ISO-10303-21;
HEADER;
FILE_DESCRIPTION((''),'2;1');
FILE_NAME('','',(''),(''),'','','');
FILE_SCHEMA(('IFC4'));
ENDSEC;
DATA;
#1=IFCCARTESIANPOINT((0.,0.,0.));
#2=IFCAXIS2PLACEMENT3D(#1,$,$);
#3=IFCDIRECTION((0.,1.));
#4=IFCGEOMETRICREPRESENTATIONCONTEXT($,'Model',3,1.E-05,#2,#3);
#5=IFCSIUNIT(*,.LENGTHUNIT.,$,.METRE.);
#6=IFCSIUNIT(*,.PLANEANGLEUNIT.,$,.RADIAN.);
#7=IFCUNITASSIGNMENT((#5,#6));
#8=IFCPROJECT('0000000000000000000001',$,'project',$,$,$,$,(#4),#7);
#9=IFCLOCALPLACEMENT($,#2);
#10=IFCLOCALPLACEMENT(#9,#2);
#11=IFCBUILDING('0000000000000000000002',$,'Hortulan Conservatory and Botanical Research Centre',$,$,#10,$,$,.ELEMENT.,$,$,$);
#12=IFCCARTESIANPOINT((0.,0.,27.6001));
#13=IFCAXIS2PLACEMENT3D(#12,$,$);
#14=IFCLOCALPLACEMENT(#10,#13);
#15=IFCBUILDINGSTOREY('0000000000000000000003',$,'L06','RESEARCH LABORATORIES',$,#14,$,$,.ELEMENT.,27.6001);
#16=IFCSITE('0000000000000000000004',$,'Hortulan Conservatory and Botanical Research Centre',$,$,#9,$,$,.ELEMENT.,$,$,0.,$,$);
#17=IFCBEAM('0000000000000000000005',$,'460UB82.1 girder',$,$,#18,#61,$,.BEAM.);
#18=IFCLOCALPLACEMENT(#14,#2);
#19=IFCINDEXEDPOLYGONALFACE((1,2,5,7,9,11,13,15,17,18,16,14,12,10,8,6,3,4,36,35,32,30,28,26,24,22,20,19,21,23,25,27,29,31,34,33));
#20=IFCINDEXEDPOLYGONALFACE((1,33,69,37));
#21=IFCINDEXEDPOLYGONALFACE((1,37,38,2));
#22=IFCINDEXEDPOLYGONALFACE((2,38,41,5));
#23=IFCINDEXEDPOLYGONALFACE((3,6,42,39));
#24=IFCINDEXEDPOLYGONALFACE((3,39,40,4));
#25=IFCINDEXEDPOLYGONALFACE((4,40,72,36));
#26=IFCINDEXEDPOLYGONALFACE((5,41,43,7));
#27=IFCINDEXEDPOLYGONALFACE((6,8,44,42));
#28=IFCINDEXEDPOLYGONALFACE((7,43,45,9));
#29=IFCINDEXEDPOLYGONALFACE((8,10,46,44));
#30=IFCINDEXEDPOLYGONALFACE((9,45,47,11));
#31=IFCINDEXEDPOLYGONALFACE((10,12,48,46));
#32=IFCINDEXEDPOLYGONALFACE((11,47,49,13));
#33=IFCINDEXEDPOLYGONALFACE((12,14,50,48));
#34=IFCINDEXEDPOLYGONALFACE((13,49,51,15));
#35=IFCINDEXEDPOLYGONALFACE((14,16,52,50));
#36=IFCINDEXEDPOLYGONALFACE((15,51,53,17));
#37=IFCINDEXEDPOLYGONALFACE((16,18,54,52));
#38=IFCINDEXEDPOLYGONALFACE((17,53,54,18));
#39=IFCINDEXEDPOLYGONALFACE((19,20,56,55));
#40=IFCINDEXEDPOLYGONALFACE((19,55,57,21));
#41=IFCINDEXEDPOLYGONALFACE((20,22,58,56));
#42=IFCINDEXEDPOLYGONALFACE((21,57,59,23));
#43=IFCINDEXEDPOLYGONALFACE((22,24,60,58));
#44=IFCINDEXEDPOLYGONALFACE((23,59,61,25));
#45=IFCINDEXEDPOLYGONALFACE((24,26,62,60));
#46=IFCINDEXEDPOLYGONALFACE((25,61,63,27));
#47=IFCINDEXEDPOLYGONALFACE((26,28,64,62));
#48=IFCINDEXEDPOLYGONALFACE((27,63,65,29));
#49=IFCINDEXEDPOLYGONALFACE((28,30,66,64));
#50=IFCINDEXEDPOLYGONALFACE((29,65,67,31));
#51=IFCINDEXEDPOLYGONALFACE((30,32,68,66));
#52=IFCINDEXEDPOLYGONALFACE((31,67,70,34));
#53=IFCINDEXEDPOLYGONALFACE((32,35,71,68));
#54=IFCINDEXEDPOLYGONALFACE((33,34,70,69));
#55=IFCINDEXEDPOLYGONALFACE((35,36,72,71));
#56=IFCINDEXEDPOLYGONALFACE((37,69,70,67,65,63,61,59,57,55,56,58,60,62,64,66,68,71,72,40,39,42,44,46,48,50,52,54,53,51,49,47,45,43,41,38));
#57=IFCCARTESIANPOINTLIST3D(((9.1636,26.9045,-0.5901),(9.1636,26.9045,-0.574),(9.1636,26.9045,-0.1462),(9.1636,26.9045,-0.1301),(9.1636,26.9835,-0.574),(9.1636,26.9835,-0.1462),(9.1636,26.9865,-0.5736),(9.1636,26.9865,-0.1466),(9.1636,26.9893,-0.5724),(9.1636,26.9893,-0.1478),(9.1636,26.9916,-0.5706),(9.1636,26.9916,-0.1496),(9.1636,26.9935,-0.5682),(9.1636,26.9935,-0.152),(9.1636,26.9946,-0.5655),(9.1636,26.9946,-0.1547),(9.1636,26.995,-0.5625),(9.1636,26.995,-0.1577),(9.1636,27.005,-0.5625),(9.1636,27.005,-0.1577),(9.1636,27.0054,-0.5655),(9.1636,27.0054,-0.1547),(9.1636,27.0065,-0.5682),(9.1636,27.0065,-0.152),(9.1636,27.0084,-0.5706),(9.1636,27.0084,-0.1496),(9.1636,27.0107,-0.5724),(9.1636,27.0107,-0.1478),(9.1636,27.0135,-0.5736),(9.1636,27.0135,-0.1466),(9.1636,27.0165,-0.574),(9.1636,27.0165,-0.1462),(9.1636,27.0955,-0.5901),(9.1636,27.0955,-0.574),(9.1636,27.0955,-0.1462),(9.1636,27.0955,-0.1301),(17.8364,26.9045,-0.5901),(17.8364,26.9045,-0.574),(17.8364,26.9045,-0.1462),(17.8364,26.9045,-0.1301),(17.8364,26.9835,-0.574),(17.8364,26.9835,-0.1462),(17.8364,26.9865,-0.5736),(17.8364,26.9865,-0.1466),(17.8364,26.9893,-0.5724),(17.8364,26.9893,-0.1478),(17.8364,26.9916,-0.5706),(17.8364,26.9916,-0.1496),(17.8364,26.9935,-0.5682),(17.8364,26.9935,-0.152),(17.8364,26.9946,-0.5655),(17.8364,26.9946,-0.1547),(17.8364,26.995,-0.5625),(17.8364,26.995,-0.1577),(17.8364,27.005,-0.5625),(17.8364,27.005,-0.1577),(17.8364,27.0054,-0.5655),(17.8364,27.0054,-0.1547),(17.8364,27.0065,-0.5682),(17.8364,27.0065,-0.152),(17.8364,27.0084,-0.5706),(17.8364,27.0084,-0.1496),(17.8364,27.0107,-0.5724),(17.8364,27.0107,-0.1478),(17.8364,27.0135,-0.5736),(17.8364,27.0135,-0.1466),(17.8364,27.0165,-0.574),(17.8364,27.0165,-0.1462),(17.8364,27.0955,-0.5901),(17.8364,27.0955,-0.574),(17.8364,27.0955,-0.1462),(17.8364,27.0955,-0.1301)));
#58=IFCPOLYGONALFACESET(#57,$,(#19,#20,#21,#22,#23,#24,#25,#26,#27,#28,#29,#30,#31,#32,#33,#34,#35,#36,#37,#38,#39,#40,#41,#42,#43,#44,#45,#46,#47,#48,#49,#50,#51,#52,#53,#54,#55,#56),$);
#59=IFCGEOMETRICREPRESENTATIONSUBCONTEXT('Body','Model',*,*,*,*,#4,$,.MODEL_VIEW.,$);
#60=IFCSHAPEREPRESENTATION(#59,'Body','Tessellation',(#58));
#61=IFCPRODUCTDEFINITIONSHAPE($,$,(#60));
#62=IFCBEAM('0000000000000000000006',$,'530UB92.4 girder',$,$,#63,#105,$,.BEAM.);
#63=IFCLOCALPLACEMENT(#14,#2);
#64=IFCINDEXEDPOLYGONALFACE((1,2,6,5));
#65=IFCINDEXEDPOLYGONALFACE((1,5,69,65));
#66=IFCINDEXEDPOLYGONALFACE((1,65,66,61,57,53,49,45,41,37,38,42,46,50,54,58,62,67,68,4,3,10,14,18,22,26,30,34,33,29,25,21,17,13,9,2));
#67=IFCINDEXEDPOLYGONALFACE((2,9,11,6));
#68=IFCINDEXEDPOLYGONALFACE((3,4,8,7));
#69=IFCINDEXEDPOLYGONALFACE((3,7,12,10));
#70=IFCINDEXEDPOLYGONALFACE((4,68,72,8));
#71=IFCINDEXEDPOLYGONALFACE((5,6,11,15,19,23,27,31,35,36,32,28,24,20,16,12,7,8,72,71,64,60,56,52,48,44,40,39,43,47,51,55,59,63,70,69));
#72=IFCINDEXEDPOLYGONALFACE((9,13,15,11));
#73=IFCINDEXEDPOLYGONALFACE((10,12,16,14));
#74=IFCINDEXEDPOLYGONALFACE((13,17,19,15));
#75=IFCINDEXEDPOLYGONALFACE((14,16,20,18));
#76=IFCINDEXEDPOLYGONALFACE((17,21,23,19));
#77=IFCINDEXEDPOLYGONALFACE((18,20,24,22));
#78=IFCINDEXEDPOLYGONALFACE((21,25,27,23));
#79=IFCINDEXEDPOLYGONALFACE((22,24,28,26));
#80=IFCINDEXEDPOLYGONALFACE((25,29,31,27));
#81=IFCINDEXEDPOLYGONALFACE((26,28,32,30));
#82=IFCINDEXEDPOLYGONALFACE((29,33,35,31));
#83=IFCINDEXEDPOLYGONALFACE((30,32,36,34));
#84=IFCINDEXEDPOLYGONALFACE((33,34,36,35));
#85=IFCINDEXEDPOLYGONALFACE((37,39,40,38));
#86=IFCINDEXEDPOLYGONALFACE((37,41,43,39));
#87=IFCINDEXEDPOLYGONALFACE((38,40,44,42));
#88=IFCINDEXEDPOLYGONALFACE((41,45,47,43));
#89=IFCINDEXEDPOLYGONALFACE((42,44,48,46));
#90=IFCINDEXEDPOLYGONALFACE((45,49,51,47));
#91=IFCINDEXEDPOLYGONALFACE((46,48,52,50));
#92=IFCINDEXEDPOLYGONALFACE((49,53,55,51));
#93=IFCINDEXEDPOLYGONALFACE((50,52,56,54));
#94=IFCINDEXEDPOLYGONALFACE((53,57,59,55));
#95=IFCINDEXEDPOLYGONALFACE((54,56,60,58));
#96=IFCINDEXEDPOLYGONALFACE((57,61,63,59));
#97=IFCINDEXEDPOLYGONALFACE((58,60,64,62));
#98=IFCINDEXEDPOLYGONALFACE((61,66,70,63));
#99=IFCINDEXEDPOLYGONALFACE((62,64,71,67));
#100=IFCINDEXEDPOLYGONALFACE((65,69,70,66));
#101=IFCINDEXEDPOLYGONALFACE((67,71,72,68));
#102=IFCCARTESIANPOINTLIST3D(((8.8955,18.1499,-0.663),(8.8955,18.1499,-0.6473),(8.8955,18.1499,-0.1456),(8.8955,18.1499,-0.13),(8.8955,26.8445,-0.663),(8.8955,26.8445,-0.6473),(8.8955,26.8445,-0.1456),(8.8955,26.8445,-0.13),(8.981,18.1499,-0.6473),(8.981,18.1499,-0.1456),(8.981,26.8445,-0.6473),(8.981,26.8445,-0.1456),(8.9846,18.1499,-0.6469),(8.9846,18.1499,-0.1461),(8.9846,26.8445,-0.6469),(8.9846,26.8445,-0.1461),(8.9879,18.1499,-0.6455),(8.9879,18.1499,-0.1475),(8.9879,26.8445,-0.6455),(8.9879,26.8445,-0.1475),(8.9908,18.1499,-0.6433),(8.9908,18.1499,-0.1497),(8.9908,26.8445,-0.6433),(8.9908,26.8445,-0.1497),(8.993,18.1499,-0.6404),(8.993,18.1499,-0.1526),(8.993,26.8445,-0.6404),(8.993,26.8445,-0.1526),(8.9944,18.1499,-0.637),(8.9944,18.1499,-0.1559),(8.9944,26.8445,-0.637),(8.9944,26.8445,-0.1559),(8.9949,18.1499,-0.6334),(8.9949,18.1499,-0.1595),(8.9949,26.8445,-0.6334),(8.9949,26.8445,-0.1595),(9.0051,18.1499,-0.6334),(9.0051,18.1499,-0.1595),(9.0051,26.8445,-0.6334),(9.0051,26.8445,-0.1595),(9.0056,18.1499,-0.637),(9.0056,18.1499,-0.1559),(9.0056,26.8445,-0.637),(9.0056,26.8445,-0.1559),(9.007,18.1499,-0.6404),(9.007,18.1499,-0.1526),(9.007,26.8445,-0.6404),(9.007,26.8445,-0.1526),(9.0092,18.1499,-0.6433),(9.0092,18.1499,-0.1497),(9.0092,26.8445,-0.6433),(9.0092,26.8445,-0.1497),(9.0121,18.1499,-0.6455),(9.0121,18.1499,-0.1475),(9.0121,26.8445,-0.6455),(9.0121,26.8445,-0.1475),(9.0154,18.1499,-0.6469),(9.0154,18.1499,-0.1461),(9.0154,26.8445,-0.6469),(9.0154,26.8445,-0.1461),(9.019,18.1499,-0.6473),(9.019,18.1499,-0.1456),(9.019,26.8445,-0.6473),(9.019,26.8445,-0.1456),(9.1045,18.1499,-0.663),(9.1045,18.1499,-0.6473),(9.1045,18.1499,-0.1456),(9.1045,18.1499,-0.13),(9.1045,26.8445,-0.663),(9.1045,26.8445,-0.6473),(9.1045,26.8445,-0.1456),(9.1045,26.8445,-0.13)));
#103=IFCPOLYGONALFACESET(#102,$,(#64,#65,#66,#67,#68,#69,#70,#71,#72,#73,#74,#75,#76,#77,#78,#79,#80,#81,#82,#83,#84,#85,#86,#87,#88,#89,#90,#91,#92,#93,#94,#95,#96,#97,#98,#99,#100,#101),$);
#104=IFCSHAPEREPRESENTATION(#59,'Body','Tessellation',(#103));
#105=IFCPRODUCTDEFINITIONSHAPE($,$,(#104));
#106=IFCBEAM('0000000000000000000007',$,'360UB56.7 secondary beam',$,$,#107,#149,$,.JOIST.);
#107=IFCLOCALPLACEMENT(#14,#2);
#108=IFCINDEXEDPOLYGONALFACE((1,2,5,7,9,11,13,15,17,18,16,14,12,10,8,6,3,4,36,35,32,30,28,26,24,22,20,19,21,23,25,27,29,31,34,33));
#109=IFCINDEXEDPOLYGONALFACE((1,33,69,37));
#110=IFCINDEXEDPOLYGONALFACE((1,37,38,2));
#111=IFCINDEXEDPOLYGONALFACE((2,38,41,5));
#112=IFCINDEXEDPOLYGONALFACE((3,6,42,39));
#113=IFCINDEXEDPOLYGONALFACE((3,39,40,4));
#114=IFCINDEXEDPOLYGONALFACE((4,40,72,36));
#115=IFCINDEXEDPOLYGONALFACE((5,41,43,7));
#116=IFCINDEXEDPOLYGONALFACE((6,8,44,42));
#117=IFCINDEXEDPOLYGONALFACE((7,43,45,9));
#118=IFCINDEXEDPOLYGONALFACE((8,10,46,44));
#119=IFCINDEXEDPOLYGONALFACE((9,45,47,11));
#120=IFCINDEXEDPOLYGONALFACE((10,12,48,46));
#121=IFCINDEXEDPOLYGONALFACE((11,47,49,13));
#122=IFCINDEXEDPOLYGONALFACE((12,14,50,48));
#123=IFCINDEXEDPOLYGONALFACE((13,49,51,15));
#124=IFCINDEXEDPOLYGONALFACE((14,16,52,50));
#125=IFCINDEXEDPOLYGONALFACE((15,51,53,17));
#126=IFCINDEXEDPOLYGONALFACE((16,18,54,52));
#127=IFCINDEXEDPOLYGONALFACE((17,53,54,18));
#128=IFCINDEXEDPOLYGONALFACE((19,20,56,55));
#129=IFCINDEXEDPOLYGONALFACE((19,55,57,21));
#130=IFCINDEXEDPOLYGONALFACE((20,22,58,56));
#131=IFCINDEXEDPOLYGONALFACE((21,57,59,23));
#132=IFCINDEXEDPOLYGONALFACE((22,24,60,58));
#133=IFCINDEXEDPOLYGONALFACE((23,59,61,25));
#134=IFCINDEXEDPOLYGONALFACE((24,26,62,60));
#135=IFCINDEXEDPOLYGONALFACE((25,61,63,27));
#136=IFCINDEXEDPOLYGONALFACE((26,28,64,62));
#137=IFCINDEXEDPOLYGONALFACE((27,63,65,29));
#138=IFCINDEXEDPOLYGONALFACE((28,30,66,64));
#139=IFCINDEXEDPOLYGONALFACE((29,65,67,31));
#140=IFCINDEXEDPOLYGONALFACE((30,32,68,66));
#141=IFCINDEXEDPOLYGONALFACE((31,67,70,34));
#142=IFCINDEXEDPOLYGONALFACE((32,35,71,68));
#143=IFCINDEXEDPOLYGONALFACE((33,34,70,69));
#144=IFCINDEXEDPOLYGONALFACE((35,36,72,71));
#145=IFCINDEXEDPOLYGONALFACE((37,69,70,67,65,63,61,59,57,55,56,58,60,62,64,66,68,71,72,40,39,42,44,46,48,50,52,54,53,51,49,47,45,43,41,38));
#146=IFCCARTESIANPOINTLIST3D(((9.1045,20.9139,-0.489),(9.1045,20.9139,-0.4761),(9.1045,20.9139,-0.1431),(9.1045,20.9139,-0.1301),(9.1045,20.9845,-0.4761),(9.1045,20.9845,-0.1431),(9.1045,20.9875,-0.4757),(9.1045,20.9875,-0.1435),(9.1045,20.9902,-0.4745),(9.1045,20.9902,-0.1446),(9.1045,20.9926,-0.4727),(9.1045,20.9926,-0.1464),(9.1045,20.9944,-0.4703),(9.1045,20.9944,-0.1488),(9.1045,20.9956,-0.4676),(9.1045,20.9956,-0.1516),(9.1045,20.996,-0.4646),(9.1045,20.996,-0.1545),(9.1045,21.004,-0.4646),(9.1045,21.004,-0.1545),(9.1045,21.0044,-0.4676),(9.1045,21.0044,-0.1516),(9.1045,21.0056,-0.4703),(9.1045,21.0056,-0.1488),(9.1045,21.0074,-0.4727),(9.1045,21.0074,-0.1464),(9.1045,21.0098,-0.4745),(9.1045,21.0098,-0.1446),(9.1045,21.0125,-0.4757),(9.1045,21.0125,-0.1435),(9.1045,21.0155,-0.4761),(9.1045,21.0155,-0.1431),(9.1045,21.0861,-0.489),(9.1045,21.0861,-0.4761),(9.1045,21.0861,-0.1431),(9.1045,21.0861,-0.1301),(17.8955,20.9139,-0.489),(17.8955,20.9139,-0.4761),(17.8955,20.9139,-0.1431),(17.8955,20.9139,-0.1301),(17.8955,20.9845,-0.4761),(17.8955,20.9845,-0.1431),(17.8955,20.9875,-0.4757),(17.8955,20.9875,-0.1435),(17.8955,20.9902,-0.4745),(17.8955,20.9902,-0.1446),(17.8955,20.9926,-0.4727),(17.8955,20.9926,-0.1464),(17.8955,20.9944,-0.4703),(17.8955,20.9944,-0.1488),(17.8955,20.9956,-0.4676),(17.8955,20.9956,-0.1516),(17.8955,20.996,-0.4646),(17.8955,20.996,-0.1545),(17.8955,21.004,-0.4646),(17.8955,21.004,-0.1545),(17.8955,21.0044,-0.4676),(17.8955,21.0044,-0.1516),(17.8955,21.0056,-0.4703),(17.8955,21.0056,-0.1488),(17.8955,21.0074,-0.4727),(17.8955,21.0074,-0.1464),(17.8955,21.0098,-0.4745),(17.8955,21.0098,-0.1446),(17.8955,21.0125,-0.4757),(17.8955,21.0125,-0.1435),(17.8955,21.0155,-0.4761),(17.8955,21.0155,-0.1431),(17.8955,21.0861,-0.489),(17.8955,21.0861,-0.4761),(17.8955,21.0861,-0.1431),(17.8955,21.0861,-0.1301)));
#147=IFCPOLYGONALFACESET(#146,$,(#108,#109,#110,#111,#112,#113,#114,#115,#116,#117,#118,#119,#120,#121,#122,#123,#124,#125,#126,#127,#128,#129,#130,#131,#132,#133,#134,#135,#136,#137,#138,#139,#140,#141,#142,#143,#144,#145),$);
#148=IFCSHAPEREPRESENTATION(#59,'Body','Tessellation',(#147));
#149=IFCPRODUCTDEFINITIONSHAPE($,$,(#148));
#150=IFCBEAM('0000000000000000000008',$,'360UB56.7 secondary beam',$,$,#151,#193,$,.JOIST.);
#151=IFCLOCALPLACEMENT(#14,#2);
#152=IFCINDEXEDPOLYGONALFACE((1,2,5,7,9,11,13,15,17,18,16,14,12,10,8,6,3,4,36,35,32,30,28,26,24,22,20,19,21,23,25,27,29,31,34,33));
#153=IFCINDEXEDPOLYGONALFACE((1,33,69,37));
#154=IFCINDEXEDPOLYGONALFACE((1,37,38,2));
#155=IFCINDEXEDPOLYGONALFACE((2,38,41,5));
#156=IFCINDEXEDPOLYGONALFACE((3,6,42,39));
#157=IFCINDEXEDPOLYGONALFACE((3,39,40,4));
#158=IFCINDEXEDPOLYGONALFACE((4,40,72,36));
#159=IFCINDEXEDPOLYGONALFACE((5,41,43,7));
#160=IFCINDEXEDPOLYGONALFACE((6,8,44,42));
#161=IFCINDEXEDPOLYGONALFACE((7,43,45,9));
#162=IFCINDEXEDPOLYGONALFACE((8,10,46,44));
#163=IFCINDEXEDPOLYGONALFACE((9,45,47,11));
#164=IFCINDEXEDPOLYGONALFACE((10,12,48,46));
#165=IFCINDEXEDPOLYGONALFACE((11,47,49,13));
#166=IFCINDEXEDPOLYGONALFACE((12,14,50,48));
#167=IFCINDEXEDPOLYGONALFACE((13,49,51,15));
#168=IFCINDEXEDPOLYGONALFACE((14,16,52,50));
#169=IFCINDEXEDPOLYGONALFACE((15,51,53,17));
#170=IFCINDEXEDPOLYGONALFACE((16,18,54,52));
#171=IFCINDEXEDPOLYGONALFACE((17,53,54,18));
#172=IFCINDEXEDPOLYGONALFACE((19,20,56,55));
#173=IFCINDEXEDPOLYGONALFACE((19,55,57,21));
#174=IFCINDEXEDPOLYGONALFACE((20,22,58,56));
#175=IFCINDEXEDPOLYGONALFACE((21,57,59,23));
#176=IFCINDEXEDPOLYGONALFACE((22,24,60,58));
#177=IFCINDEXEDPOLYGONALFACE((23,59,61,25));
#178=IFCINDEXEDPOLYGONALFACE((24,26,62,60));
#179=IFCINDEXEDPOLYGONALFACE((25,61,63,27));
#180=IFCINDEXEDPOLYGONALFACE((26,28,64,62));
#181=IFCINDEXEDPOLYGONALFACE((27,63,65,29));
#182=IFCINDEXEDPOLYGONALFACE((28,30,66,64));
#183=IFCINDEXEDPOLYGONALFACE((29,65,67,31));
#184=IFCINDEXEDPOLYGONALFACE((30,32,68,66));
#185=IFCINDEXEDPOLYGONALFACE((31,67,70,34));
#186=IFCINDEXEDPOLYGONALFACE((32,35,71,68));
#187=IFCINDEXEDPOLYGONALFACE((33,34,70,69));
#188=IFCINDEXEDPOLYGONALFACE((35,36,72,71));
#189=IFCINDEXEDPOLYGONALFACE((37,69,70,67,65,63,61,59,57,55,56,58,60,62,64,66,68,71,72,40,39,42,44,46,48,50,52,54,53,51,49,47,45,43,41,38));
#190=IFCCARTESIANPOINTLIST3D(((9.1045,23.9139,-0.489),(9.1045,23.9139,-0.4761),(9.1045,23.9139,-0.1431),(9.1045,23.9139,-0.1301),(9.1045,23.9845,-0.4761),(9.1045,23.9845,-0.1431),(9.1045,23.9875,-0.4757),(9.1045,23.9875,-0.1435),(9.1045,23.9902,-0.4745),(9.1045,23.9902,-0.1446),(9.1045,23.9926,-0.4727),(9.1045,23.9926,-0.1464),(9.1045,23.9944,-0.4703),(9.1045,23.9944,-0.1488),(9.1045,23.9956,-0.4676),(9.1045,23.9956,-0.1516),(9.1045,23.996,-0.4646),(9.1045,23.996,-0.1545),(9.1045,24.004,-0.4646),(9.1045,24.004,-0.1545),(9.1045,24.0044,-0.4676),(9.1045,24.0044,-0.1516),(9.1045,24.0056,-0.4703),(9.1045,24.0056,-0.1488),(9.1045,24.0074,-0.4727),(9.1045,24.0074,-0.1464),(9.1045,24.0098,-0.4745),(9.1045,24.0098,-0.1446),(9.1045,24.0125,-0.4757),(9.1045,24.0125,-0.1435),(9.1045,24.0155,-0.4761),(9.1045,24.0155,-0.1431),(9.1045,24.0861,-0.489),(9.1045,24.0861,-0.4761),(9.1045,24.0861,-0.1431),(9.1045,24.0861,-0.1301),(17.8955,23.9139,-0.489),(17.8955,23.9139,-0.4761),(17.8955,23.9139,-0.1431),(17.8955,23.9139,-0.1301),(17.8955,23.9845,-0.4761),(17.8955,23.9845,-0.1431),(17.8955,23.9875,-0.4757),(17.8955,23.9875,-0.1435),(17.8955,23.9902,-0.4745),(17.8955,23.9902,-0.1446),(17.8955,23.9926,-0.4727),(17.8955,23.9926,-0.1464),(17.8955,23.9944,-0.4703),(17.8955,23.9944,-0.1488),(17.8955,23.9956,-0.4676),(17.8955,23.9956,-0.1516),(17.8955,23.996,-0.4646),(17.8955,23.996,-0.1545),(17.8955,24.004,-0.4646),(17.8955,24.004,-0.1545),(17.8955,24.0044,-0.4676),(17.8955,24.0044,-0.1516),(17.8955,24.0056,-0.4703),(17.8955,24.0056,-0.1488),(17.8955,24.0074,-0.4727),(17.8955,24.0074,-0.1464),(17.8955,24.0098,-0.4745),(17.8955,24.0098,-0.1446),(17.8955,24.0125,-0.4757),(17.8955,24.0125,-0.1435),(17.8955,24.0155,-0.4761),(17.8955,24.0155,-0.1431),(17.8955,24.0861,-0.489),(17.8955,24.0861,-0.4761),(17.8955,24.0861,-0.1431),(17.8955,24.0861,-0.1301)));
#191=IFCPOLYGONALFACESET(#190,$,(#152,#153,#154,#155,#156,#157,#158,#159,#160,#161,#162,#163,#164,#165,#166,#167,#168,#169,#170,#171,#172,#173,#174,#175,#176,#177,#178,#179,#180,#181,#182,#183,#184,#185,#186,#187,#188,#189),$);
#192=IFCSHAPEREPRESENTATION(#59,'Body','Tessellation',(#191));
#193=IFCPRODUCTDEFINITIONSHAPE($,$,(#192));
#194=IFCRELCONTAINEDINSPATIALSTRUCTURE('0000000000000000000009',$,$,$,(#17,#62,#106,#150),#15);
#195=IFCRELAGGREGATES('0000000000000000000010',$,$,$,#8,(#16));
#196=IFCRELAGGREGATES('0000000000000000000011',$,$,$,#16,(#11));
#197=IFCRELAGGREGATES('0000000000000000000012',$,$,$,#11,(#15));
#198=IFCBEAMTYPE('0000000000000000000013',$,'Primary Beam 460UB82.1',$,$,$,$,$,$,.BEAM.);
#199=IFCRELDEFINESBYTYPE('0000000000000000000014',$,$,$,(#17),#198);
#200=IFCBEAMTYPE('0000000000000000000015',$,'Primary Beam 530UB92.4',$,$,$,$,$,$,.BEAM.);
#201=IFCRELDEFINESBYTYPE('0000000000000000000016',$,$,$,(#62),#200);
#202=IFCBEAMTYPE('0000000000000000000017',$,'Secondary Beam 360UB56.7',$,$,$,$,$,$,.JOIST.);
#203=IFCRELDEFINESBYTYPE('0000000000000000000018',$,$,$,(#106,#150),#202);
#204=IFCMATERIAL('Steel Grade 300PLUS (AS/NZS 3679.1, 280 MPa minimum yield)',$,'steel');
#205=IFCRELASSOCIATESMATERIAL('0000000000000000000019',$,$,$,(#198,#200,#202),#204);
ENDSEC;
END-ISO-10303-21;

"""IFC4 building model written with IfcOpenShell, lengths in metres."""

from ifc_helpers import new_model, si_unit, direction, frame, origin, origin_2d, place, context, subcontext, project, spatial, i_section, extrude, material, material_profile, profile_set, type_object, element, save


model = new_model("IFC4")

# Units and contexts
model_context = context("Model", 3, precision=1e-05, world=origin(), true_north=direction((0.0, 1.0)))
body_context = subcontext(model_context, "Body", "Model", "MODEL_VIEW")
ifc_project = project(units=[si_unit("LENGTHUNIT", "METRE"), si_unit("PLANEANGLEUNIT", "RADIAN")], contexts=[model_context])

# Site, building, storey
site_placement = place(None, origin())
site = spatial("IfcSite", under=ifc_project, at=site_placement, Name="Hortulan Conservatory and Botanical Research Centre", CompositionType="ELEMENT", RefElevation=0.0)
building_placement = place(site_placement, origin())
building = spatial("IfcBuilding", under=site, at=building_placement, Name="Hortulan Conservatory and Botanical Research Centre", CompositionType="ELEMENT")
storey_placement = place(building_placement, frame((0.0, 0.0, 27.6001)))
storey = spatial("IfcBuildingStorey", under=building, at=storey_placement, Name="L06", Description="RESEARCH LABORATORIES", CompositionType="ELEMENT", Elevation=27.6001)

# Shared definitions
ifc_material_1 = material(Name="Steel Grade 300PLUS (AS/NZS 3679.1, 280 MPa minimum yield)", Category="steel")

# Beams
ifc_material_profile_1 = material_profile(ifc_material_1, i_section(OverallWidth=0.1909, OverallDepth=0.46, WebThickness=0.01, FlangeThickness=0.0161, FilletRadius=0.0115, at=origin_2d()), Name="460UB82.1")
ifc_profile_set_1 = profile_set([ifc_material_profile_1], Name="Steel Grade 300PLUS (AS/NZS 3679.1, 280 MPa minimum yield)")
beam_type_1 = type_object("IfcBeamType", Name="Primary Beam 460UB82.1", PredefinedType="BEAM", material=ifc_profile_set_1)
beam_1_placement = place(storey_placement, frame((9.1636, 27.0, -0.3601), z_axis=(1.0, 0.0, 0.0), x_axis=(0.0, 1.0, 0.0)))
element("IfcBeam", 1, at=beam_1_placement, inside=storey, type_object=beam_type_1, Name="460UB82.1 girder", PredefinedType="BEAM", context=body_context, shape_type="SweptSolid", body=[
    extrude(i_section(OverallWidth=0.1909, OverallDepth=0.46, WebThickness=0.01, FlangeThickness=0.0161, FilletRadius=0.0115, at=origin_2d()), origin(), (0.0, 0.0, 1.0), 8.6729),
])
ifc_material_profile_2 = material_profile(ifc_material_1, i_section(OverallWidth=0.209, OverallDepth=0.533, WebThickness=0.0103, FlangeThickness=0.0156, FilletRadius=0.0139, at=origin_2d()), Name="530UB92.4")
ifc_profile_set_2 = profile_set([ifc_material_profile_2], Name="Steel Grade 300PLUS (AS/NZS 3679.1, 280 MPa minimum yield)")
beam_type_2 = type_object("IfcBeamType", Name="Primary Beam 530UB92.4", PredefinedType="BEAM", material=ifc_profile_set_2)
beam_2_placement = place(storey_placement, frame((9.0, 18.1499, -0.3965), z_axis=(0.0, 1.0, 0.0), x_axis=(-1.0, 0.0, 0.0)))
element("IfcBeam", 2, at=beam_2_placement, inside=storey, type_object=beam_type_2, Name="530UB92.4 girder", PredefinedType="BEAM", context=body_context, shape_type="SweptSolid", body=[
    extrude(i_section(OverallWidth=0.209, OverallDepth=0.533, WebThickness=0.0103, FlangeThickness=0.0156, FilletRadius=0.0139, at=origin_2d()), origin(), (0.0, 0.0, 1.0), 8.6946),
])
ifc_material_profile_3 = material_profile(ifc_material_1, i_section(OverallWidth=0.1721, OverallDepth=0.3589, WebThickness=0.0081, FlangeThickness=0.0129, FilletRadius=0.0115, at=origin_2d()), Name="360UB56.7")
ifc_profile_set_3 = profile_set([ifc_material_profile_3], Name="Steel Grade 300PLUS (AS/NZS 3679.1, 280 MPa minimum yield)")
beam_type_3 = type_object("IfcBeamType", Name="Secondary Beam 360UB56.7", PredefinedType="JOIST", material=ifc_profile_set_3)
for number, where, z_axis, x_axis, name in (
    (3, (9.1045, 21.0, -0.3096), (1.0, 0.0, 0.0), (0.0, 1.0, 0.0), "360UB56.7 secondary beam"),
    (4, (9.1045, 24.0, -0.3096), (1.0, 0.0, 0.0), (0.0, 1.0, 0.0), "360UB56.7 secondary beam"),
):
    element("IfcBeam", number, at=place(storey_placement, frame(where, z_axis=z_axis, x_axis=x_axis)), inside=storey, type_object=beam_type_3, Name=name, PredefinedType="JOIST", context=body_context, shape_type="SweptSolid", body=[
        extrude(i_section(OverallWidth=0.1721, OverallDepth=0.3589, WebThickness=0.0081, FlangeThickness=0.0129, FilletRadius=0.0115, at=origin_2d()), origin(), (0.0, 0.0, 1.0), 8.791),
    ])

save(model, "model.ifc")
